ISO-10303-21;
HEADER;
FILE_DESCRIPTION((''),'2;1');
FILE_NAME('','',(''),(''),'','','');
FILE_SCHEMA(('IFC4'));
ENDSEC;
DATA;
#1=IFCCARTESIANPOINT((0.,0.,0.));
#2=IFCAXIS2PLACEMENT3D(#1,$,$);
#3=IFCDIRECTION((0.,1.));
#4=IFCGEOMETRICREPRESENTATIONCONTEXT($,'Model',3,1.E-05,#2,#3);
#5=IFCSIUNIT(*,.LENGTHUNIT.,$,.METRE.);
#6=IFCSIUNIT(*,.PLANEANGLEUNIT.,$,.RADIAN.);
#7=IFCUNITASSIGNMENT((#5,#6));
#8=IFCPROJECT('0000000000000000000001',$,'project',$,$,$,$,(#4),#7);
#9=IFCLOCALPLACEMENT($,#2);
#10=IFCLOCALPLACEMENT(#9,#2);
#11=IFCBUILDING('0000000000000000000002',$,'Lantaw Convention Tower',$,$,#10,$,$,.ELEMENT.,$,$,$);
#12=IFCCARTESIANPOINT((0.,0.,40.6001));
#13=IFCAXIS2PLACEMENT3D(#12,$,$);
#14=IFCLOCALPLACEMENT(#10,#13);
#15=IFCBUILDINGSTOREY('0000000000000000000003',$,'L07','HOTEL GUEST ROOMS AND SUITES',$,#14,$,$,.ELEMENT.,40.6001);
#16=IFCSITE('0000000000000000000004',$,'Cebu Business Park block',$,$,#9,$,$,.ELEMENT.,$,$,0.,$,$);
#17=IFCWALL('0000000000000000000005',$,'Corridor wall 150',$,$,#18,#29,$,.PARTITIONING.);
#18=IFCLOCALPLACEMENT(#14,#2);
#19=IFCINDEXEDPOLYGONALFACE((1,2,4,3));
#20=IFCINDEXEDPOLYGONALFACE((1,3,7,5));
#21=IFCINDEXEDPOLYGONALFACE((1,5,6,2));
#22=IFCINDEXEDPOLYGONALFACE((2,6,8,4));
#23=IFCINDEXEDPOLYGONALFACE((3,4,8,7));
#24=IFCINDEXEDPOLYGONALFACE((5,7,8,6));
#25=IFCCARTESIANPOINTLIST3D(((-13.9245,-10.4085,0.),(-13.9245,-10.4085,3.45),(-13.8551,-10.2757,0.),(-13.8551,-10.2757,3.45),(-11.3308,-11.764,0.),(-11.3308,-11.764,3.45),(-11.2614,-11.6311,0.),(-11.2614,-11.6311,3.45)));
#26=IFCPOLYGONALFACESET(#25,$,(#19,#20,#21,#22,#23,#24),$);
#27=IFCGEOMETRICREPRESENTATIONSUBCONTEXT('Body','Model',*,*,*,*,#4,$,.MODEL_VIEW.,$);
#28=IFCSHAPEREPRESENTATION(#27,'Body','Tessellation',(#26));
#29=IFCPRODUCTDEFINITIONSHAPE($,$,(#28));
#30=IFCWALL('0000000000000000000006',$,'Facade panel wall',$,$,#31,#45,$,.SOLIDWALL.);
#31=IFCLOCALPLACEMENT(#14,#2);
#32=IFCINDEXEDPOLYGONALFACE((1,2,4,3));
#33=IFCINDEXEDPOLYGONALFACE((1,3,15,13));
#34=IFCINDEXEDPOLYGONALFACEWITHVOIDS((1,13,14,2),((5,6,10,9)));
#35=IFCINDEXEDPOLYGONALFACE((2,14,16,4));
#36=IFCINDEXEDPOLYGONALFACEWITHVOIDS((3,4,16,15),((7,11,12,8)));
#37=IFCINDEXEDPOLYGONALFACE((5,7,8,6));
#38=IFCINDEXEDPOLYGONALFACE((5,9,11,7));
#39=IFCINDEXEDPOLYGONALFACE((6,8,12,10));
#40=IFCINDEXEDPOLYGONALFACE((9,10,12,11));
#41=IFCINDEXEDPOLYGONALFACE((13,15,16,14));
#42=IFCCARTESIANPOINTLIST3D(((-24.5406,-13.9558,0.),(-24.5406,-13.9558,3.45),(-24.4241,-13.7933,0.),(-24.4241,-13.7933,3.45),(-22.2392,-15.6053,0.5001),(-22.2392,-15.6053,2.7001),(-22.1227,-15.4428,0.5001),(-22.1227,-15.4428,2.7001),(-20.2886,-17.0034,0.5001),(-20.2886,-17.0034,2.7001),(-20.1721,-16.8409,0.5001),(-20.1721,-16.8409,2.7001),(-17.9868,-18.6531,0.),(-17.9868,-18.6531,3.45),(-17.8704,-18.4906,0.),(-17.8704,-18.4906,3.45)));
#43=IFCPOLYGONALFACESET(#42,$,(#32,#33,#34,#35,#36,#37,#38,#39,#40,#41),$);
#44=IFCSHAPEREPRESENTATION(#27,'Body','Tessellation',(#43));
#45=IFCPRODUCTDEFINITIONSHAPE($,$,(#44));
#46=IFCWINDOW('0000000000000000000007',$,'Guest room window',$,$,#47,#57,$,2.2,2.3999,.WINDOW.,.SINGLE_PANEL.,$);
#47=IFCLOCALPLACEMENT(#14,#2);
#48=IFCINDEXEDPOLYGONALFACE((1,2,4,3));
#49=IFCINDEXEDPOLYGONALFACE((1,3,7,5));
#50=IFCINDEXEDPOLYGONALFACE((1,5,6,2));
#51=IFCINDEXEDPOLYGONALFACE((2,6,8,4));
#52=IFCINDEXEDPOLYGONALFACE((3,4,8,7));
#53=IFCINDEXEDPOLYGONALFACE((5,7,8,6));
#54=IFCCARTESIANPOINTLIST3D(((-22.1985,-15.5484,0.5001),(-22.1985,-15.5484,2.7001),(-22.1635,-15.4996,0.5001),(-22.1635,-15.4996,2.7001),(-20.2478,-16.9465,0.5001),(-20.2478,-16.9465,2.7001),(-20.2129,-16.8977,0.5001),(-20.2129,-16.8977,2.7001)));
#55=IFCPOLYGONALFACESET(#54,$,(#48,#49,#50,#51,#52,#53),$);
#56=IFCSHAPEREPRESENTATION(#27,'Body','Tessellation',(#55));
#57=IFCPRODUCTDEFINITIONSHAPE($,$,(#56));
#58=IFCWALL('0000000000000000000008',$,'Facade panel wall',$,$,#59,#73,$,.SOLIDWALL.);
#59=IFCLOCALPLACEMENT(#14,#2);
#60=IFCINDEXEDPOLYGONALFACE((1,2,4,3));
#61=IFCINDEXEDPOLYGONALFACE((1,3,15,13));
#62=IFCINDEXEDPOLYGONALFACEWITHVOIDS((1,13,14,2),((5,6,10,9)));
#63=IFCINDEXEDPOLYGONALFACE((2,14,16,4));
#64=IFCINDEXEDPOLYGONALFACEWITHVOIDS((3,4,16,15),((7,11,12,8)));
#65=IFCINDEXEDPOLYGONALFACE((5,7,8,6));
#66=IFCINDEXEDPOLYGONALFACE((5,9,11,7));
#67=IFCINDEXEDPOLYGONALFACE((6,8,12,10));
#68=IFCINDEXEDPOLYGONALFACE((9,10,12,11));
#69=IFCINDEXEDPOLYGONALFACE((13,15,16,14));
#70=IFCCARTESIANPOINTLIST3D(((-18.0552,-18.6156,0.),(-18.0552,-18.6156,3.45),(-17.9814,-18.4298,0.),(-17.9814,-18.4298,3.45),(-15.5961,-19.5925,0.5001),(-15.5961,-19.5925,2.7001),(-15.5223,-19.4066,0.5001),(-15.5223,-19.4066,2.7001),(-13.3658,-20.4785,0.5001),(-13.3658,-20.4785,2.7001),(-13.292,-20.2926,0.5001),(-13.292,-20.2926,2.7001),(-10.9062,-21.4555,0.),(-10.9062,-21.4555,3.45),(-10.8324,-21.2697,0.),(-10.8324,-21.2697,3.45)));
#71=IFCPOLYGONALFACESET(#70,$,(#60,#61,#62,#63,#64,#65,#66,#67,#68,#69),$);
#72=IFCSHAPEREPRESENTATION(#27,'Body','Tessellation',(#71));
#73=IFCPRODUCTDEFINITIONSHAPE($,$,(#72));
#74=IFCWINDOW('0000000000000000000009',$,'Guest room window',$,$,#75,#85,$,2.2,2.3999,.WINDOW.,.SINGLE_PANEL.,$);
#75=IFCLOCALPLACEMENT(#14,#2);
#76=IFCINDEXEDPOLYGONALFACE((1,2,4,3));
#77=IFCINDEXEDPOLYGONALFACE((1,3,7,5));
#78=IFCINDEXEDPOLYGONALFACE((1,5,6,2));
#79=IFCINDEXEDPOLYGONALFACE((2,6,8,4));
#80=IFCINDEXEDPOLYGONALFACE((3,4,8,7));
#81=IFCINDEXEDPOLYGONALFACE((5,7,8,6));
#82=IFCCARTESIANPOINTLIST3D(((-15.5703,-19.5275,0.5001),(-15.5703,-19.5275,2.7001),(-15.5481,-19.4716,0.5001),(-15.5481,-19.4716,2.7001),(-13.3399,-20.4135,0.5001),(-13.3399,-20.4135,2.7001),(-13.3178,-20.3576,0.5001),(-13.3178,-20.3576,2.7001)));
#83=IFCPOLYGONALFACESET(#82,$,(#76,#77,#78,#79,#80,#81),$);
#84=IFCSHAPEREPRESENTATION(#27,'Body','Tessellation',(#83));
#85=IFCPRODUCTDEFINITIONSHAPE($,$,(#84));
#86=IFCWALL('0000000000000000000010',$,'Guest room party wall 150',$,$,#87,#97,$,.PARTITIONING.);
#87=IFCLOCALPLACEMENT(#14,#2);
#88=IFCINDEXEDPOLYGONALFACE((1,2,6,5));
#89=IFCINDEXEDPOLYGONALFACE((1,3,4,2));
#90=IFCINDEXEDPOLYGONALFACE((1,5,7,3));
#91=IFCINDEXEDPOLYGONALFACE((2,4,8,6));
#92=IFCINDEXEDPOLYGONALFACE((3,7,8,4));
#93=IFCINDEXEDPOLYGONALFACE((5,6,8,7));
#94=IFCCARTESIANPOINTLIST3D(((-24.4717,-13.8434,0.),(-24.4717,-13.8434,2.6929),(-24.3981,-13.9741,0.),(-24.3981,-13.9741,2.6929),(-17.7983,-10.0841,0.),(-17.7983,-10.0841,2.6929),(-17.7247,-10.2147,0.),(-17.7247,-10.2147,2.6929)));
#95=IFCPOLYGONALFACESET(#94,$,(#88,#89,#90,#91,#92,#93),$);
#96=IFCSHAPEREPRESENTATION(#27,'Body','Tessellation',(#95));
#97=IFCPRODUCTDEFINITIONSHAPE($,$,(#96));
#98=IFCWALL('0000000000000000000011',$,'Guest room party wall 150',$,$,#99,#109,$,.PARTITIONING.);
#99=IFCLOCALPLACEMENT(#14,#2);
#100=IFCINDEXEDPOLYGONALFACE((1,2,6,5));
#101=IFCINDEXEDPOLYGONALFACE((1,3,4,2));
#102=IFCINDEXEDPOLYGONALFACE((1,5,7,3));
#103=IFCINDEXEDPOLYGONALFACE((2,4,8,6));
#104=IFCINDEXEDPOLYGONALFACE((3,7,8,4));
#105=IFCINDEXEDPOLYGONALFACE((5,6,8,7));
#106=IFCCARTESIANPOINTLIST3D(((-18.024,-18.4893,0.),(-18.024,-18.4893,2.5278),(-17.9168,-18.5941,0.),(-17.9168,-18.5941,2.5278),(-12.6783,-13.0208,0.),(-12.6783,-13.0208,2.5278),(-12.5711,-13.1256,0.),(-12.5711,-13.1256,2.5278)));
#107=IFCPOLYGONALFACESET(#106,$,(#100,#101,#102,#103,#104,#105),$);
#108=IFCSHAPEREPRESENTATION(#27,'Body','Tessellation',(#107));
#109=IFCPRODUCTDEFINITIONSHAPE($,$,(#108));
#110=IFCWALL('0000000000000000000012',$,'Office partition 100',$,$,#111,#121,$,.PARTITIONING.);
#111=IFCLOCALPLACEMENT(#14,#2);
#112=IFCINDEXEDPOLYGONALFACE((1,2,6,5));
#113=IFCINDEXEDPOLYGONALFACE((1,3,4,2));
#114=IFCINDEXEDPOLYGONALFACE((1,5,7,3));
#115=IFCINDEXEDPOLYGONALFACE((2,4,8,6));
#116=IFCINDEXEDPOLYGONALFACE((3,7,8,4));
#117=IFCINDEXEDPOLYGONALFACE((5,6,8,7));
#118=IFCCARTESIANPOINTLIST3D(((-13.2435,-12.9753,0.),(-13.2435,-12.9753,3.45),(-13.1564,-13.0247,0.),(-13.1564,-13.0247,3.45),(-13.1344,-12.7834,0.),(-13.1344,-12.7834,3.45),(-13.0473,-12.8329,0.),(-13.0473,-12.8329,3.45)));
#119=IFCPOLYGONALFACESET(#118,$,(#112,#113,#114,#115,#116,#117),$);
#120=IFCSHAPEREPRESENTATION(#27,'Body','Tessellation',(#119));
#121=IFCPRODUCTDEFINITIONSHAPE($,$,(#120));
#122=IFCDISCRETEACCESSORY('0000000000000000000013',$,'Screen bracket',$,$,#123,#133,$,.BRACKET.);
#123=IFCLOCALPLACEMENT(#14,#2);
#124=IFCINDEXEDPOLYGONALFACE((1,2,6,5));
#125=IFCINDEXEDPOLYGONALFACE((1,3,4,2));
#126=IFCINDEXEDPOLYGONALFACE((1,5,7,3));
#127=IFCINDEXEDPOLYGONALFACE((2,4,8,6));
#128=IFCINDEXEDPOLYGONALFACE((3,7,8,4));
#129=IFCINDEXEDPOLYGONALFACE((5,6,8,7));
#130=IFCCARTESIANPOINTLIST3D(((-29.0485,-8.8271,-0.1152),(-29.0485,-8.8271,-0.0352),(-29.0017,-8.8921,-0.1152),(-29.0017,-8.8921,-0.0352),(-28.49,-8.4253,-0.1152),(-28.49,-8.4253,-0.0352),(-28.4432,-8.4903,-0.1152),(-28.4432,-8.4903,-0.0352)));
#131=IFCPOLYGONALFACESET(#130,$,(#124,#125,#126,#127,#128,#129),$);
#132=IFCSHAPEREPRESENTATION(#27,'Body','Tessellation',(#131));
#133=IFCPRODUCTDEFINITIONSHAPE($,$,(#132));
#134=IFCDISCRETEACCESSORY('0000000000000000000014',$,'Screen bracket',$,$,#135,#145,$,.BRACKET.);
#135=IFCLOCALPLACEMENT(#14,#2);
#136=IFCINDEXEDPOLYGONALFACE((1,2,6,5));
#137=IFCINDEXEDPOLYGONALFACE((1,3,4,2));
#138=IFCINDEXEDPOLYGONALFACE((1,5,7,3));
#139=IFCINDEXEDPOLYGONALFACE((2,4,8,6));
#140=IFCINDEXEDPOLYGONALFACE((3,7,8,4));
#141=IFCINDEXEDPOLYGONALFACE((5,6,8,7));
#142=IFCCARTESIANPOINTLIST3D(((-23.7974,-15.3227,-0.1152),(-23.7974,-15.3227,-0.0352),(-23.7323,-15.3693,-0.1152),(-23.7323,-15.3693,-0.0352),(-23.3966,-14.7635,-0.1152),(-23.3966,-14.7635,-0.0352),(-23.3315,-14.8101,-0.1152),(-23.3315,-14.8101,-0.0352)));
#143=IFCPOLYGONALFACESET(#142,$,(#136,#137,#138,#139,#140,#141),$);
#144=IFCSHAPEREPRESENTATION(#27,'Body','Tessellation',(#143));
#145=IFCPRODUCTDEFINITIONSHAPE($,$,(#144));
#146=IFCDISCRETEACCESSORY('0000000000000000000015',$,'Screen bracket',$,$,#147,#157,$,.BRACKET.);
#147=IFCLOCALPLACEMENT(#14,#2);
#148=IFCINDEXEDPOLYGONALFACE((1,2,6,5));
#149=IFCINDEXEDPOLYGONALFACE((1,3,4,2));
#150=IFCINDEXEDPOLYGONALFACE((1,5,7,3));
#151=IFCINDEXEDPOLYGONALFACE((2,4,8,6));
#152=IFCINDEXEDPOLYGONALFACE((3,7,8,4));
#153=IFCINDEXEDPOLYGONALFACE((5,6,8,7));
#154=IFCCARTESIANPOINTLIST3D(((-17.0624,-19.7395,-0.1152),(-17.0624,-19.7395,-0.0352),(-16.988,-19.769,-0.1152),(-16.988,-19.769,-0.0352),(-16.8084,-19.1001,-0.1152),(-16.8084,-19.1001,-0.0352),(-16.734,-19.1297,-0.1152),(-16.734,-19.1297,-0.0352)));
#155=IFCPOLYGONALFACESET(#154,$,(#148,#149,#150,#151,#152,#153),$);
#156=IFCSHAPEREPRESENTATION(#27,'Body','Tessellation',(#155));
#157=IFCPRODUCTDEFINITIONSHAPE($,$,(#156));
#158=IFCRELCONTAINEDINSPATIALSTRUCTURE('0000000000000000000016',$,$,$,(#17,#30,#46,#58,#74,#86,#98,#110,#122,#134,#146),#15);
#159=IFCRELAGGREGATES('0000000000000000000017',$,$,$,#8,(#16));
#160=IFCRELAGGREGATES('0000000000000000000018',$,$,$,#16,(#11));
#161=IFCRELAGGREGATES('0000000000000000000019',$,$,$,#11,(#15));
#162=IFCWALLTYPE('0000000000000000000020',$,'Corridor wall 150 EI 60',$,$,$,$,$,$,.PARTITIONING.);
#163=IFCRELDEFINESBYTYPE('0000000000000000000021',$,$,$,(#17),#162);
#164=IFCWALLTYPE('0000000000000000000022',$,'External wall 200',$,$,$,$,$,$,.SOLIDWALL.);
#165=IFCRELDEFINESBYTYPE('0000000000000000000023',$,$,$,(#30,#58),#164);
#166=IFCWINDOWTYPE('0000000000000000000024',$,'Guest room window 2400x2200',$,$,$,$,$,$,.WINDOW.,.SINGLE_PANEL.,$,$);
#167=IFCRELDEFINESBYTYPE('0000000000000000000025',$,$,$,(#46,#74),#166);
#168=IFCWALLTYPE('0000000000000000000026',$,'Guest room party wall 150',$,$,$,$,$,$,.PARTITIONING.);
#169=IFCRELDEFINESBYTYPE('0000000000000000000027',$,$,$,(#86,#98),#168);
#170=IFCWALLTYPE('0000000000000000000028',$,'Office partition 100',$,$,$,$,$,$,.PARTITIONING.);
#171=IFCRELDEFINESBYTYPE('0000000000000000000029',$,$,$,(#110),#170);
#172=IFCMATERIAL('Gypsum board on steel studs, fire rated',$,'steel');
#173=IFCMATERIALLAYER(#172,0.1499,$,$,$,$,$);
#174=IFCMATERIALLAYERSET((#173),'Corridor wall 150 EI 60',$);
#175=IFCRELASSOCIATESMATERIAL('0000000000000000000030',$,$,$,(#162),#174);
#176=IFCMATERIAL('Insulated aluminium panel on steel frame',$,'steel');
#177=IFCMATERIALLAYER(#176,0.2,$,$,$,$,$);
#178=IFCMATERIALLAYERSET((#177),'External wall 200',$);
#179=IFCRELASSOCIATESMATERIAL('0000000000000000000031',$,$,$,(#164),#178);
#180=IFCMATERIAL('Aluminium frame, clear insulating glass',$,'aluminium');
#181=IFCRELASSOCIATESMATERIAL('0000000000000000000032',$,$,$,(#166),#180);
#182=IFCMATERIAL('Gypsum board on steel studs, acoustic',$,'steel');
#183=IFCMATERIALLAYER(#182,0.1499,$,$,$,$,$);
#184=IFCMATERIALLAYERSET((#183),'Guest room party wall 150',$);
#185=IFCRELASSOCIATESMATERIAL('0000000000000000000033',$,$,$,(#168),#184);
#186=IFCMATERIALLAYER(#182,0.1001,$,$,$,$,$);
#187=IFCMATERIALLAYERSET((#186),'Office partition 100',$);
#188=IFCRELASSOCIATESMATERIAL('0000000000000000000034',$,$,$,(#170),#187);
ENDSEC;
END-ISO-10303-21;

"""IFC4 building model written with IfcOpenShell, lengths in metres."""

from ifc_helpers import new_model, si_unit, direction, frame, frame_2d, origin, origin_2d, place, context, subcontext, project, spatial, rectangle, extrude, material, layer, layer_set, type_object, element, fill, save


model = new_model("IFC4")

# Units and contexts
model_context = context("Model", 3, precision=1e-05, world=origin(), true_north=direction((0.0, 1.0)))
body_context = subcontext(model_context, "Body", "Model", "MODEL_VIEW")
ifc_project = project(units=[si_unit("LENGTHUNIT", "METRE"), si_unit("PLANEANGLEUNIT", "RADIAN")], contexts=[model_context])

# Site, building, storey
site_placement = place(None, origin())
site = spatial("IfcSite", under=ifc_project, at=site_placement, Name="Cebu Business Park block", CompositionType="ELEMENT", RefElevation=0.0)
building_placement = place(site_placement, origin())
building = spatial("IfcBuilding", under=site, at=building_placement, Name="Lantaw Convention Tower", CompositionType="ELEMENT")
storey_placement = place(building_placement, frame((0.0, 0.0, 40.6001)))
storey = spatial("IfcBuildingStorey", under=building, at=storey_placement, Name="L07", Description="HOTEL GUEST ROOMS AND SUITES", CompositionType="ELEMENT", Elevation=40.6001)

# Shared definitions
ifc_material_1 = material(Name="Gypsum board on steel studs, fire rated", Category="steel")
ifc_layer_1 = layer(ifc_material_1, 0.1499)
ifc_layer_set_1 = layer_set([ifc_layer_1], Name="Corridor wall 150 EI 60")
wall_type_1 = type_object("IfcWallType", Name="Corridor wall 150 EI 60", PredefinedType="PARTITIONING", material=ifc_layer_set_1)

# Wall
wall_1_placement = place(storey_placement, frame((-13.8899, -10.342, 0.0), z_axis=(0.0, 0.0, 1.0), x_axis=(0.886275, -0.463159, 0.0)))
element("IfcWall", 1, at=wall_1_placement, inside=storey, type_object=wall_type_1, Name="Corridor wall 150", PredefinedType="PARTITIONING", context=body_context, shape_type="SweptSolid", body=[
    extrude(rectangle(XDim=2.9265, YDim=0.1499, at=frame_2d((1.4634, 0.0))), origin(), (0.0, 0.0, 1.0), 3.45),
])

# Walls, openings, windows
ifc_material_2 = material(Name="Insulated aluminium panel on steel frame", Category="steel")
ifc_layer_2 = layer(ifc_material_2, 0.2)
ifc_layer_set_2 = layer_set([ifc_layer_2], Name="External wall 200")
wall_type_2 = type_object("IfcWallType", Name="External wall 200", PredefinedType="SOLIDWALL", material=ifc_layer_set_2)
wall_2_placement = place(storey_placement, frame((-24.4824, -13.8745, 0.0), z_axis=(0.0, 0.0, 1.0), x_axis=(0.812791, -0.582555, 0.0)))
wall_2 = element("IfcWall", 2, at=wall_2_placement, inside=storey, type_object=wall_type_2, Name="Facade panel wall", PredefinedType="SOLIDWALL", context=body_context, shape_type="SweptSolid", body=[
    extrude(rectangle(XDim=8.0632, YDim=0.2, at=frame_2d((4.0317, 0.0))), origin(), (0.0, 0.0, 1.0), 3.45),
])
opening_1_placement = place(wall_2_placement, frame((2.8315, 0.0, 0.5)))
opening_1 = element("IfcOpeningElement", 3, at=opening_1_placement, cuts=wall_2, PredefinedType="OPENING", context=body_context, shape_type="SweptSolid", body=[
    extrude(rectangle(XDim=2.3999, YDim=2.2, at=frame_2d((1.2, 1.1001))), frame((0.0, 0.1099, 0.0), z_axis=(0.0, -1.0, 0.0), x_axis=(1.0, 0.0, 0.0)), (0.0, 0.0, 1.0), 0.22),
])
ifc_material_3 = material(Name="Aluminium frame, clear insulating glass", Category="aluminium")
window_type = type_object("IfcWindowType", Name="Guest room window 2400x2200", PartitioningType="SINGLE_PANEL", PredefinedType="WINDOW", material=ifc_material_3)
window_1_placement = place(opening_1_placement, origin())
window_1 = element("IfcWindow", 4, at=window_1_placement, inside=storey, type_object=window_type, Name="Guest room window", OverallHeight=2.2, OverallWidth=2.3999, PartitioningType="SINGLE_PANEL", PredefinedType="WINDOW", context=body_context, shape_type="SweptSolid", body=[
    extrude(rectangle(XDim=2.3999, YDim=2.2, at=frame_2d((1.2, 1.1001))), frame((0.0, 0.03, 0.0), z_axis=(0.0, -1.0, 0.0), x_axis=(1.0, 0.0, 0.0)), (0.0, 0.0, 1.0), 0.0601),
])
fill(opening_1, window_1)
wall_3_placement = place(storey_placement, frame((-18.0183, -18.5227, 0.0), z_axis=(0.0, 0.0, 1.0), x_axis=(0.929358, -0.369179, 0.0)))
wall_3 = element("IfcWall", 5, at=wall_3_placement, inside=storey, type_object=wall_type_2, Name="Facade panel wall", PredefinedType="SOLIDWALL", context=body_context, shape_type="SweptSolid", body=[
    extrude(rectangle(XDim=7.6924, YDim=0.2, at=frame_2d((3.8462, 0.0))), origin(), (0.0, 0.0, 1.0), 3.45),
])
opening_2_placement = place(wall_3_placement, frame((2.646, 0.0, 0.5)))
opening_2 = element("IfcOpeningElement", 6, at=opening_2_placement, cuts=wall_3, PredefinedType="OPENING", context=body_context, shape_type="SweptSolid", body=[
    extrude(rectangle(XDim=2.3999, YDim=2.2, at=frame_2d((1.2, 1.1001))), frame((0.0, 0.1099, 0.0), z_axis=(0.0, -1.0, 0.0), x_axis=(1.0, 0.0, 0.0)), (0.0, 0.0, 1.0), 0.22),
])
window_2_placement = place(opening_2_placement, origin())
window_2 = element("IfcWindow", 7, at=window_2_placement, inside=storey, type_object=window_type, Name="Guest room window", OverallHeight=2.2, OverallWidth=2.3999, PartitioningType="SINGLE_PANEL", PredefinedType="WINDOW", context=body_context, shape_type="SweptSolid", body=[
    extrude(rectangle(XDim=2.3999, YDim=2.2, at=frame_2d((1.2, 1.1001))), frame((0.0, 0.03, 0.0), z_axis=(0.0, -1.0, 0.0), x_axis=(1.0, 0.0, 0.0)), (0.0, 0.0, 1.0), 0.0601),
])
fill(opening_2, window_2)

# Walls
ifc_material_4 = material(Name="Gypsum board on steel studs, acoustic", Category="steel")
ifc_layer_3 = layer(ifc_material_4, 0.1499)
ifc_layer_set_3 = layer_set([ifc_layer_3], Name="Guest room party wall 150")
wall_type_3 = type_object("IfcWallType", Name="Guest room party wall 150", PredefinedType="PARTITIONING", material=ifc_layer_set_3)
wall_4_placement = place(storey_placement, frame((-24.4348, -13.9087, 0.0), z_axis=(0.0, 0.0, 1.0), x_axis=(0.871267, 0.490809, 0.0)))
element("IfcWall", 8, at=wall_4_placement, inside=storey, type_object=wall_type_3, Name="Guest room party wall 150", PredefinedType="PARTITIONING", context=body_context, shape_type="SweptSolid", body=[
    extrude(rectangle(XDim=7.6594, YDim=0.1499, at=frame_2d((3.8296, 0.0))), origin(), (0.0, 0.0, 1.0), 2.6929),
])
wall_5_placement = place(storey_placement, frame((-17.9705, -18.5417, 0.0), z_axis=(0.0, 0.0, 1.0), x_axis=(0.699032, 0.71509, 0.0)))
element("IfcWall", 9, at=wall_5_placement, inside=storey, type_object=wall_type_3, Name="Guest room party wall 150", PredefinedType="PARTITIONING", context=body_context, shape_type="SweptSolid", body=[
    extrude(rectangle(XDim=7.6472, YDim=0.1499, at=frame_2d((3.8237, 0.0))), origin(), (0.0, 0.0, 1.0), 2.5278),
])
ifc_layer_4 = layer(ifc_material_4, 0.1001)
ifc_layer_set_4 = layer_set([ifc_layer_4], Name="Office partition 100")
wall_type_4 = type_object("IfcWallType", Name="Office partition 100", PredefinedType="PARTITIONING", material=ifc_layer_set_4)
wall_6_placement = place(storey_placement, frame((-13.2, -13.0, 0.0), z_axis=(0.0, 0.0, 1.0), x_axis=(0.494351, 0.869262, 0.0)))
element("IfcWall", 10, at=wall_6_placement, inside=storey, type_object=wall_type_4, Name="Office partition 100", PredefinedType="PARTITIONING", context=body_context, shape_type="SweptSolid", body=[
    extrude(rectangle(XDim=0.2207, YDim=0.1001, at=frame_2d((0.1104, 0.0))), origin(), (0.0, 0.0, 1.0), 3.45),
])

# Discrete accessories
for number, where, z_axis, x_axis, name in (
    (11, (-28.7458, -8.6587, -0.1152), (0.0, 0.0, 1.0), (0.583951, -0.811789, 0.0), "Screen bracket"),
    (12, (-23.5645, -15.0664, -0.1152), (0.0, 0.0, 1.0), (0.812804, -0.582538, 0.0), "Screen bracket"),
    (13, (-16.8982, -19.4346, -0.1152), (0.0, 0.0, 1.0), (0.929361, -0.369172, 0.0), "Screen bracket"),
):
    element("IfcDiscreteAccessory", number, at=place(storey_placement, frame(where, z_axis=z_axis, x_axis=x_axis)), inside=storey, Name=name, PredefinedType="BRACKET", context=body_context, shape_type="SweptSolid", body=[
        extrude(rectangle(XDim=0.0801, YDim=0.688, at=origin_2d()), origin(), (0.0, 0.0, 1.0), 0.0801),
    ])

save(model, "model.ifc")
